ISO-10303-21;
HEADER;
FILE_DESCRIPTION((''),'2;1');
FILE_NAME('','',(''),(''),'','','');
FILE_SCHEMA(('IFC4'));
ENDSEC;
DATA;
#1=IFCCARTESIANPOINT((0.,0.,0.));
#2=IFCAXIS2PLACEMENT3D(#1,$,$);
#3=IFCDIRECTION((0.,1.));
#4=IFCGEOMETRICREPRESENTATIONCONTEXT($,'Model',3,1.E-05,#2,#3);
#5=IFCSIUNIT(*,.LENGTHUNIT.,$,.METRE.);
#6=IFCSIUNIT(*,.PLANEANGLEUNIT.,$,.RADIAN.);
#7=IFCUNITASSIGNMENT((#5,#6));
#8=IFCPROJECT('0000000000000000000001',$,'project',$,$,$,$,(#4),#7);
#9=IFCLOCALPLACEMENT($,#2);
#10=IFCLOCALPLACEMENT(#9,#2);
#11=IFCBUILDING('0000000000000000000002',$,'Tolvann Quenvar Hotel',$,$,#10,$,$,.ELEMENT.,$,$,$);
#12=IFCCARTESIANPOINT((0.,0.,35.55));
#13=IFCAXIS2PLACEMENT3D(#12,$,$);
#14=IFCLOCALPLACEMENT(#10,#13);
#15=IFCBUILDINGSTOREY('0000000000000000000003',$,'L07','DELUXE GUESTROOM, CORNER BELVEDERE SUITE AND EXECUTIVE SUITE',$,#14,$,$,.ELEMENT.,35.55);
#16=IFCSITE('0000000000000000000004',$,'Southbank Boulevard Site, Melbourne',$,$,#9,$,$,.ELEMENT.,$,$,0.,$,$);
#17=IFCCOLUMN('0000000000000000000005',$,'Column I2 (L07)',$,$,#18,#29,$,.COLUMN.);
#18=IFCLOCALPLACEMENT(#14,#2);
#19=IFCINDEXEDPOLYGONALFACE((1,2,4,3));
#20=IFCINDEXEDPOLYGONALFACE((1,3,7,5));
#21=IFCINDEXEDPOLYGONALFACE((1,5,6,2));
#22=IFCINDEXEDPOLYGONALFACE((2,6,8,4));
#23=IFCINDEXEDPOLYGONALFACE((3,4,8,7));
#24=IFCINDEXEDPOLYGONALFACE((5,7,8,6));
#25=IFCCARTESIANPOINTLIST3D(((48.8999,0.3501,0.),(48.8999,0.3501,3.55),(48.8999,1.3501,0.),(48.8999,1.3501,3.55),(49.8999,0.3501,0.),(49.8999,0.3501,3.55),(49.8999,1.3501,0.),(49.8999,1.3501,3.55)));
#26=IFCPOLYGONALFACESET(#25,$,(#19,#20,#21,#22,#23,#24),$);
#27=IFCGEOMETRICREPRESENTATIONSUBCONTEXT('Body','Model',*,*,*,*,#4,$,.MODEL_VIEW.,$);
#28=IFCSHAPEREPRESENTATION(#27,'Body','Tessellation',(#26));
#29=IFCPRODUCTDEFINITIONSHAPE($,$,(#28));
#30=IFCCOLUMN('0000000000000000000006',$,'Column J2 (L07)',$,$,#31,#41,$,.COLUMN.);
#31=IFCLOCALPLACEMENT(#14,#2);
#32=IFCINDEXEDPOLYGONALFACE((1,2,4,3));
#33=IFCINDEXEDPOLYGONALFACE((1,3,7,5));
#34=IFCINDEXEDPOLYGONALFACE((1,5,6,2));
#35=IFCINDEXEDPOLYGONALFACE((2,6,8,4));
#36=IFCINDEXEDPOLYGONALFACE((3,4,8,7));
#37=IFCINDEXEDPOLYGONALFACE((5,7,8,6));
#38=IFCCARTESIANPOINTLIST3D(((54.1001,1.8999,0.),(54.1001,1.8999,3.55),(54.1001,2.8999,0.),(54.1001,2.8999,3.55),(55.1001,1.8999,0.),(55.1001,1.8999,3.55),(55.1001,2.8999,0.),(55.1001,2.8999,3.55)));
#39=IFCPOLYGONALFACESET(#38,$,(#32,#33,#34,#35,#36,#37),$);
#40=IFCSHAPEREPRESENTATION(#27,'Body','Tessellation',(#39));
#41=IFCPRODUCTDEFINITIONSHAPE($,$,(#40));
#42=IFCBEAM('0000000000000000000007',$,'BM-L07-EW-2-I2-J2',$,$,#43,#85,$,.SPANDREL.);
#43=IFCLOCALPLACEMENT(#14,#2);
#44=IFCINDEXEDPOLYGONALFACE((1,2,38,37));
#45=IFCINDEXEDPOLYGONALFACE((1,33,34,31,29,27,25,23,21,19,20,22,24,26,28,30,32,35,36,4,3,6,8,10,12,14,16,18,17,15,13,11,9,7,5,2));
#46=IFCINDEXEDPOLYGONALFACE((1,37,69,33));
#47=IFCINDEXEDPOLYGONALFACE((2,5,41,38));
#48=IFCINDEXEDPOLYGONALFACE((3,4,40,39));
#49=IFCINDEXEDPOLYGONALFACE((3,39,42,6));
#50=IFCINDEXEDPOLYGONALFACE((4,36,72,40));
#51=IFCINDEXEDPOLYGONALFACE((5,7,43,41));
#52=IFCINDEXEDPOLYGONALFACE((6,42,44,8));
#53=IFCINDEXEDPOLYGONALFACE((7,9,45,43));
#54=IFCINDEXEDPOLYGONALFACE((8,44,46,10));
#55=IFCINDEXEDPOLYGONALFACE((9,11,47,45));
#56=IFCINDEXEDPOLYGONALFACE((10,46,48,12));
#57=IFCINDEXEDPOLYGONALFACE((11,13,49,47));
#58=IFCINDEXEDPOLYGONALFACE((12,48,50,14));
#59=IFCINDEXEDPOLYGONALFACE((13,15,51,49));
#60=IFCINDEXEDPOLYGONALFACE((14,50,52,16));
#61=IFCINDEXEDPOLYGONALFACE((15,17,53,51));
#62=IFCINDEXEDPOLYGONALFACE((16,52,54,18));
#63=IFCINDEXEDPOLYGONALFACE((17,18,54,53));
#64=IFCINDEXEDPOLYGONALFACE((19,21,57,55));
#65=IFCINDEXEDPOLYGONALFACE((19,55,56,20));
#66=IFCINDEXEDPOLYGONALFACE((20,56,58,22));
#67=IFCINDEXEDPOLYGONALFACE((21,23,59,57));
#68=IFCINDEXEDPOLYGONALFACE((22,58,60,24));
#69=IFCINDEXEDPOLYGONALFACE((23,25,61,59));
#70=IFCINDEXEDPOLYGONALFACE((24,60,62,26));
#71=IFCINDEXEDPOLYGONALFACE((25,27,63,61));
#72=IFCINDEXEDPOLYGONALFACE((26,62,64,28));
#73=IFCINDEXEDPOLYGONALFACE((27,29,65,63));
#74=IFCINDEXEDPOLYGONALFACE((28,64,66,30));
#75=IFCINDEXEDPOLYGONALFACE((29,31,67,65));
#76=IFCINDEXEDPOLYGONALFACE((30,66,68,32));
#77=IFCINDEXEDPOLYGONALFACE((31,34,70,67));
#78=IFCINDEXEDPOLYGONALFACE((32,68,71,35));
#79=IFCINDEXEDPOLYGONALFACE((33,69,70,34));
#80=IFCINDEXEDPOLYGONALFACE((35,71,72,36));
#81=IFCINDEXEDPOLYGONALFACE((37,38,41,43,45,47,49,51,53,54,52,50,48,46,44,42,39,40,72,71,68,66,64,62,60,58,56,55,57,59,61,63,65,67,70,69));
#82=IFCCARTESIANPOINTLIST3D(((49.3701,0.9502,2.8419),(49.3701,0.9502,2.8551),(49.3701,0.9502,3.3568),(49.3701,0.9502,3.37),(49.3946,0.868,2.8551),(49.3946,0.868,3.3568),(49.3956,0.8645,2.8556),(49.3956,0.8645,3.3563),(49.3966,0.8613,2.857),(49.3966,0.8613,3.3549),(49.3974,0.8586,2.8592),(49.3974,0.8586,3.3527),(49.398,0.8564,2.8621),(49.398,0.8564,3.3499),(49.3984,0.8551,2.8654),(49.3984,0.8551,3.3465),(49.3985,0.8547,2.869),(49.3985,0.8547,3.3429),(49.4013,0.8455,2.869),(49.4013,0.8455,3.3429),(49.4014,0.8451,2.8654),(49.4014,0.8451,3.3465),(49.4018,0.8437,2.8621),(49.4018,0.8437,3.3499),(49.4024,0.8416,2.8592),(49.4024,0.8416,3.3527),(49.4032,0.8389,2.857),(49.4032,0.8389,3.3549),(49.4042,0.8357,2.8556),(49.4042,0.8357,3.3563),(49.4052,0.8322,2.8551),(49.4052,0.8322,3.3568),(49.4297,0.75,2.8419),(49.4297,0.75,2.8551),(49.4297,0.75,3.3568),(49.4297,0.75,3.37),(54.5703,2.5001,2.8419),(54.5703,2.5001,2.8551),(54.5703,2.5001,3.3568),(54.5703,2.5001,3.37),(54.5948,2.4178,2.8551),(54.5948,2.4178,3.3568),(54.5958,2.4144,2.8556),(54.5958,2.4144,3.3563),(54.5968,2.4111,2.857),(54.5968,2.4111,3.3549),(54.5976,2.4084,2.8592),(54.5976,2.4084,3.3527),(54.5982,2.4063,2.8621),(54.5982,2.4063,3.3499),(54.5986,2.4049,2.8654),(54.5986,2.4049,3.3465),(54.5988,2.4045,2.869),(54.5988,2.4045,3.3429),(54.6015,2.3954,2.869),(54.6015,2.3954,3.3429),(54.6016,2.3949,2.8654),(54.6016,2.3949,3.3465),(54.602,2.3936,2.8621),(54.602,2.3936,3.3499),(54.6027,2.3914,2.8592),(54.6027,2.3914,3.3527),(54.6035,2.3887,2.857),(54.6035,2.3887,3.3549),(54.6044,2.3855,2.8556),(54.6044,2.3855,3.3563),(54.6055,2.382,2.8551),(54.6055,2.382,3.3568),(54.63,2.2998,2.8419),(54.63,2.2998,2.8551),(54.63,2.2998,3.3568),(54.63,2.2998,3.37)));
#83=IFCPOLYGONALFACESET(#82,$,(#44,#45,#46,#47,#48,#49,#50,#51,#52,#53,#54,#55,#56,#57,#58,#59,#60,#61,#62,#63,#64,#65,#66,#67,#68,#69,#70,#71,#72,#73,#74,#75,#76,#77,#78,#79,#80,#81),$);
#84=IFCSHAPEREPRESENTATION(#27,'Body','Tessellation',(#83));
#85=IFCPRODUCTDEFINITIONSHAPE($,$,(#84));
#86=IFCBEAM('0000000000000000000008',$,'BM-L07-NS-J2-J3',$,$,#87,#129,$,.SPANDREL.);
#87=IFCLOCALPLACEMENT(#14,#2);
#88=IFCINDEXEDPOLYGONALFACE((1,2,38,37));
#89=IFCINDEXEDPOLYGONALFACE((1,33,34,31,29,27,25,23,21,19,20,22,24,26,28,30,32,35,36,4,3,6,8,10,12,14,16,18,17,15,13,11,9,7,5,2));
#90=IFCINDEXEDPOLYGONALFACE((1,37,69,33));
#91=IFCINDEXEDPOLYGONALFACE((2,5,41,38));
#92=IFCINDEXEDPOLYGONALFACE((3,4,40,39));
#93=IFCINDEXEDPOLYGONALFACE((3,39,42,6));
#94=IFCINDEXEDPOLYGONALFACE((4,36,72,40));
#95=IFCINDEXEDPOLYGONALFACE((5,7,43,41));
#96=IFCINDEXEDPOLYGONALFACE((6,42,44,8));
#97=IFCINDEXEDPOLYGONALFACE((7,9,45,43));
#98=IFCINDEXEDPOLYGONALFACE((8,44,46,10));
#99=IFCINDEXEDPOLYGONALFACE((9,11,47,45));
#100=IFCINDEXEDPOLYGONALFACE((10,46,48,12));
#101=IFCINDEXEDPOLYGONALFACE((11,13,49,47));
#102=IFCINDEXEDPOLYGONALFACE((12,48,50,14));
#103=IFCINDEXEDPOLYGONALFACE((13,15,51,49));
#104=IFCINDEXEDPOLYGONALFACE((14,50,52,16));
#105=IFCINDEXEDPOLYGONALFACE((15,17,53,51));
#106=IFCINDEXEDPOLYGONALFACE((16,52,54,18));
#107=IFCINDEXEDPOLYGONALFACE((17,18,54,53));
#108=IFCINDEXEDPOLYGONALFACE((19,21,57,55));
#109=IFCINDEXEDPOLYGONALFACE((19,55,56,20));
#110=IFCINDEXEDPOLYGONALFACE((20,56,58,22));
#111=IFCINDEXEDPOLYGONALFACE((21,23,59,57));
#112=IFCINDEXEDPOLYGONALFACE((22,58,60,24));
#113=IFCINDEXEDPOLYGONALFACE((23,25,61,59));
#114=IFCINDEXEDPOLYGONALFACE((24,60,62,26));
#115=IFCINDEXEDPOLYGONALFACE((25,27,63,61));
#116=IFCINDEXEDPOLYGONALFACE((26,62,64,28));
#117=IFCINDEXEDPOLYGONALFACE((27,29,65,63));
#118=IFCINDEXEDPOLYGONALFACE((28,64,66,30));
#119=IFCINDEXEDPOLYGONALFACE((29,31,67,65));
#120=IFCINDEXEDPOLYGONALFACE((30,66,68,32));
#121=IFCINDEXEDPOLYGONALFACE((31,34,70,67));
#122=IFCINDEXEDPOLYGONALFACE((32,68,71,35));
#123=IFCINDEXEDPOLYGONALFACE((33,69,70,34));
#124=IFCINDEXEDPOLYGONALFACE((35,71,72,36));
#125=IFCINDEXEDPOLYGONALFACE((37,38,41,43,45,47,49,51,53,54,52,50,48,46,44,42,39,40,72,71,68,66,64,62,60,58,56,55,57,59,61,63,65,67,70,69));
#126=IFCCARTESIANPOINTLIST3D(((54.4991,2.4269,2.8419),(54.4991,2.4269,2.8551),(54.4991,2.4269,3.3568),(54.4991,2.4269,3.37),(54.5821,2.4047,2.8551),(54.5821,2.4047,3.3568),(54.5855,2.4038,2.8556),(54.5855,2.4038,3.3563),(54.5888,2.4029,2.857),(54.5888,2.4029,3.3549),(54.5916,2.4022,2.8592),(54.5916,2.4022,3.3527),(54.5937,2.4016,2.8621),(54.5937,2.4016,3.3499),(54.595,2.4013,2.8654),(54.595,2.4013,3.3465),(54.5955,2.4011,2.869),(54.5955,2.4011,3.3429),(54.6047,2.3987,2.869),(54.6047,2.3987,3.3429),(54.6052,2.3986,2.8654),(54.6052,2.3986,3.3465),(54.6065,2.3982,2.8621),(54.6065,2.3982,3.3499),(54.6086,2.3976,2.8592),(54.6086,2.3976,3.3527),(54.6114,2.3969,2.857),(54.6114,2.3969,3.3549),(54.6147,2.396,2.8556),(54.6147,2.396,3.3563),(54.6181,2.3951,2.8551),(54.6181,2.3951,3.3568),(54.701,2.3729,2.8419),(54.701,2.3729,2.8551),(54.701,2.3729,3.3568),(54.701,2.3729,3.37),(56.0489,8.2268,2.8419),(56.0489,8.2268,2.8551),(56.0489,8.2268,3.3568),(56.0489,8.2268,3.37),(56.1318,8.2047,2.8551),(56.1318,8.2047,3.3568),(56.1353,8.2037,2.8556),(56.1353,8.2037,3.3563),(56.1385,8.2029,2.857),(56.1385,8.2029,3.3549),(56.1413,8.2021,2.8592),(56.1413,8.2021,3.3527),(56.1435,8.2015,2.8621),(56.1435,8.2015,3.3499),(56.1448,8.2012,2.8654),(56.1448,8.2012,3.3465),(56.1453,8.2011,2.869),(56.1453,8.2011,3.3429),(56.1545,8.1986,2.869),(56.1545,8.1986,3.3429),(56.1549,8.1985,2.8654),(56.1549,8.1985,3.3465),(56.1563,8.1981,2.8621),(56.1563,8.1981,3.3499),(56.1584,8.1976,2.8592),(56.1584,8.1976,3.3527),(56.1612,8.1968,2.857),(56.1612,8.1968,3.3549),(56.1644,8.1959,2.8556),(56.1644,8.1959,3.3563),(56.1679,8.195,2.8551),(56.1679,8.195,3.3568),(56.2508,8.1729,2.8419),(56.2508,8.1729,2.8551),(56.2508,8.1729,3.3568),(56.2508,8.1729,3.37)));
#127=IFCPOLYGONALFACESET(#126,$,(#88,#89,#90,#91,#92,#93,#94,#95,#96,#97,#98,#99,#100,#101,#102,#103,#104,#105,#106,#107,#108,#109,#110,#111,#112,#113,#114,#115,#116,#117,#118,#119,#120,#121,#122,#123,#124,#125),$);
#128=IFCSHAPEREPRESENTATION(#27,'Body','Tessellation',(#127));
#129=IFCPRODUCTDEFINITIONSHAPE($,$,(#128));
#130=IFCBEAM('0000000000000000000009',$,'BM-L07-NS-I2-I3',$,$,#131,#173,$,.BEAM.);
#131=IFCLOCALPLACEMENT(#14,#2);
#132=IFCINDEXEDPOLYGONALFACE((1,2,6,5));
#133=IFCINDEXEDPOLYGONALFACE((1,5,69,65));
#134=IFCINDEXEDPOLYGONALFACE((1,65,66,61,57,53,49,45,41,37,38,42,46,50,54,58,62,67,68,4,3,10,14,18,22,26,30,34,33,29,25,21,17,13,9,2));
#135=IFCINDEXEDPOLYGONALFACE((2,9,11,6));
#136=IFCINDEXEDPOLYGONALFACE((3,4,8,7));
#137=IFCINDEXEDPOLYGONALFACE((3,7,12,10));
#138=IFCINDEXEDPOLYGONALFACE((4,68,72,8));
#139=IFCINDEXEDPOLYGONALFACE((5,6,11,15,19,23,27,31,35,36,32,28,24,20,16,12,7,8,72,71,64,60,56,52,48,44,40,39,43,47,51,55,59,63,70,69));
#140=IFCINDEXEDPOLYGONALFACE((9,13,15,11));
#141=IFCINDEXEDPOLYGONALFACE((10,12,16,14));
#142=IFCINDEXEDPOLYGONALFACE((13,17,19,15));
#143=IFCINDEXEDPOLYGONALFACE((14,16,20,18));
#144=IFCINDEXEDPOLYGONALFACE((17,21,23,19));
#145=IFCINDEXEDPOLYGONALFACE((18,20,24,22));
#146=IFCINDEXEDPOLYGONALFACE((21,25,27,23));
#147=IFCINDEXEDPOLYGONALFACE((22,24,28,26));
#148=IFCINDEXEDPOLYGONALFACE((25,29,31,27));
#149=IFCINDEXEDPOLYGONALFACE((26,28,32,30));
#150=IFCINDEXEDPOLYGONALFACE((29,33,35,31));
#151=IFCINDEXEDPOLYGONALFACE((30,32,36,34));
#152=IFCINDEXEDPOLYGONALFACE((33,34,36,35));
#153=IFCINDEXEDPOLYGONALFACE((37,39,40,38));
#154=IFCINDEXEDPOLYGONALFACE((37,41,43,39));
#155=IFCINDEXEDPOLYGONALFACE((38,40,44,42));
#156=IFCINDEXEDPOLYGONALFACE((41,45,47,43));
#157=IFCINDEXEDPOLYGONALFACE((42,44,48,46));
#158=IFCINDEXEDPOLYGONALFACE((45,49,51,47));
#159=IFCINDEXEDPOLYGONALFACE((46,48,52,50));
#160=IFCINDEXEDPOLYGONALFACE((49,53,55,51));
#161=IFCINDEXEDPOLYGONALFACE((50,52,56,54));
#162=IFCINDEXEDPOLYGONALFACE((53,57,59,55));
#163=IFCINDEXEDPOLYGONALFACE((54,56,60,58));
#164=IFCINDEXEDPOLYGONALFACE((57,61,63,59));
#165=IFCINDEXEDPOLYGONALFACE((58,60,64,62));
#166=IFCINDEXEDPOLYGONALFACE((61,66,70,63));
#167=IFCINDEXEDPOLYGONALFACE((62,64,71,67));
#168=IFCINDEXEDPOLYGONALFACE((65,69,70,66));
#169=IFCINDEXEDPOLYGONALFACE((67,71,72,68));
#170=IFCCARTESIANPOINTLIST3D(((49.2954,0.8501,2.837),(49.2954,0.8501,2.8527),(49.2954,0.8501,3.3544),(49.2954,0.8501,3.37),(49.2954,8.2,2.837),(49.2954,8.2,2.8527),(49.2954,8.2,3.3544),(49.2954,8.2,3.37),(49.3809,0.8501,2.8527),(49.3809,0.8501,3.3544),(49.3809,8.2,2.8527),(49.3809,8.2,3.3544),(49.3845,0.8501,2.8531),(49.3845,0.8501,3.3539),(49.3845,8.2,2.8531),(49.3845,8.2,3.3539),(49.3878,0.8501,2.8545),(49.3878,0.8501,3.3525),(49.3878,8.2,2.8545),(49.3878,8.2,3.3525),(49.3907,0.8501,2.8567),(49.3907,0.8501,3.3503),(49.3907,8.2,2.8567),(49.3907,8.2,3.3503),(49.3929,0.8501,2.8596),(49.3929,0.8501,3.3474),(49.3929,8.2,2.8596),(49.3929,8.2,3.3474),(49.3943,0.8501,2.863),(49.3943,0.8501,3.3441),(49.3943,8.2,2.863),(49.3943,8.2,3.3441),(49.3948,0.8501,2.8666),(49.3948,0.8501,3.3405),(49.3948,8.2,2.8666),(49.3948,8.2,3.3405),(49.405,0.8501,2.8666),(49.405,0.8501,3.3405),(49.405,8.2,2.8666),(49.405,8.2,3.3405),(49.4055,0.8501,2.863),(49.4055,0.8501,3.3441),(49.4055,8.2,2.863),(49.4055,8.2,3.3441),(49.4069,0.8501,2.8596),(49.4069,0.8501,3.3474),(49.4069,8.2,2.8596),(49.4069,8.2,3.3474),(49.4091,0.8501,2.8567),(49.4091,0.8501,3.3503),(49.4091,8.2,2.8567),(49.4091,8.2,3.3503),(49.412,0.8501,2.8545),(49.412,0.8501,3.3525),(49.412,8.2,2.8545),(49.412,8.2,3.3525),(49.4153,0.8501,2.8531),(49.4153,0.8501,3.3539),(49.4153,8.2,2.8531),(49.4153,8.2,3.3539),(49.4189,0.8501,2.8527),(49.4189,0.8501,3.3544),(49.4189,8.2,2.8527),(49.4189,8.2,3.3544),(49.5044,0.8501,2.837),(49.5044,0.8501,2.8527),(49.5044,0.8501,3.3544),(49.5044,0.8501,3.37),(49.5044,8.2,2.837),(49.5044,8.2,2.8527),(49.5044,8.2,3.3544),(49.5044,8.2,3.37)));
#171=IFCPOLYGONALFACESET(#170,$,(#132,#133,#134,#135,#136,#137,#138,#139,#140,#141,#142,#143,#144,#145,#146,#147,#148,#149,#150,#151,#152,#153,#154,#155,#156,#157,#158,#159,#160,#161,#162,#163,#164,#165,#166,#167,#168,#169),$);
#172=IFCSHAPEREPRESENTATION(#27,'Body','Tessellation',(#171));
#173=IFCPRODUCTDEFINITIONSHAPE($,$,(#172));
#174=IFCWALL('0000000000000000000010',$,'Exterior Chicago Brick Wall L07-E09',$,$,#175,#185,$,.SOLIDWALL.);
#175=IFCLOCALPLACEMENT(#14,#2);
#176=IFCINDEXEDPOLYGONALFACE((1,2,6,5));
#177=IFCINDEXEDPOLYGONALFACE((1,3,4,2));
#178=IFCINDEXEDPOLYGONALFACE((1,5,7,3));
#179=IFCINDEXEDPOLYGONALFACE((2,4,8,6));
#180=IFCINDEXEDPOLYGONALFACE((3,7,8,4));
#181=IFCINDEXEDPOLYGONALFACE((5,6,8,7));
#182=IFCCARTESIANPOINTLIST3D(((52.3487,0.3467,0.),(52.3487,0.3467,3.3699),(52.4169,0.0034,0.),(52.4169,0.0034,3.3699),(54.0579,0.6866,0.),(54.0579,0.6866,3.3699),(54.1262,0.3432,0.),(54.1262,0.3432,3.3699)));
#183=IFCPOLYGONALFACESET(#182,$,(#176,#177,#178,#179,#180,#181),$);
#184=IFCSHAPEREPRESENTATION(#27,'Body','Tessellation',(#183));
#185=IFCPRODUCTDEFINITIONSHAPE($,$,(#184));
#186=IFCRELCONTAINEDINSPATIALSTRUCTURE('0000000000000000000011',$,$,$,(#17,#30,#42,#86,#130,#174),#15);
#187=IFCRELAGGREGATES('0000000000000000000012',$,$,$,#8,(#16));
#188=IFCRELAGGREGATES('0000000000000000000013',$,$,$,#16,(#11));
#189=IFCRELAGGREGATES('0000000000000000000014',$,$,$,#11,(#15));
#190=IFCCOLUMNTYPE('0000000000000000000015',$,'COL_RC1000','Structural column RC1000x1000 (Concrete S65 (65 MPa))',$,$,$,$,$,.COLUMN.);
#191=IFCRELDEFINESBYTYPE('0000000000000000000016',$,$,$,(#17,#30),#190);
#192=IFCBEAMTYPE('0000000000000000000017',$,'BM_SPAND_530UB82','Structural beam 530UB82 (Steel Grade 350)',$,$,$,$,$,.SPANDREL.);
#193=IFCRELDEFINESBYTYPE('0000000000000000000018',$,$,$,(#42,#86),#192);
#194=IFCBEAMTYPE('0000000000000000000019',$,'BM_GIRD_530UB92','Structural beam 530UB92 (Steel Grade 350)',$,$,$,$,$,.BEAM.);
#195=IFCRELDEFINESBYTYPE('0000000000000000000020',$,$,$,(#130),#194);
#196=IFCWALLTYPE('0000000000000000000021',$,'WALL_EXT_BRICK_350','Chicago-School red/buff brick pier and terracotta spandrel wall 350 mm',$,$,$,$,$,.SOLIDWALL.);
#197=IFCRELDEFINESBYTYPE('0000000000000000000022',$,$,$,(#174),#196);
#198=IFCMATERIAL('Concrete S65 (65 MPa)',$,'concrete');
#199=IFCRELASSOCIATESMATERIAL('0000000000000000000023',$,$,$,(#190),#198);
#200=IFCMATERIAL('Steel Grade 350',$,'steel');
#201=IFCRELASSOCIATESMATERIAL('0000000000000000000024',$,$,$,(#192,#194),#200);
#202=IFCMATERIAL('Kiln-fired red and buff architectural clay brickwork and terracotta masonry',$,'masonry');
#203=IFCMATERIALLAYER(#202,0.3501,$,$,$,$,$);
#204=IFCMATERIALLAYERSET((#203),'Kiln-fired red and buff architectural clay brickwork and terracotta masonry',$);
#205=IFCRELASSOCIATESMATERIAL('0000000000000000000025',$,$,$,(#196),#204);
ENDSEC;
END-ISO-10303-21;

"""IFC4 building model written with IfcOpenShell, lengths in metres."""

from ifc_helpers import new_model, si_unit, direction, frame, frame_2d, origin, origin_2d, place, context, subcontext, project, spatial, rectangle, i_section, extrude, source, transform, mapped, material, layer, layer_set, material_profile, profile_set, type_object, type_shapes, element, save


model = new_model("IFC4")

# Units and contexts
model_context = context("Model", 3, precision=1e-05, world=origin(), true_north=direction((0.0, 1.0)))
body_context = subcontext(model_context, "Body", "Model", "MODEL_VIEW")
ifc_project = project(units=[si_unit("LENGTHUNIT", "METRE"), si_unit("PLANEANGLEUNIT", "RADIAN")], contexts=[model_context])

# Site, building, storey
site_placement = place(None, origin())
site = spatial("IfcSite", under=ifc_project, at=site_placement, Name="Southbank Boulevard Site, Melbourne", CompositionType="ELEMENT", RefElevation=0.0)
building_placement = place(site_placement, origin())
building = spatial("IfcBuilding", under=site, at=building_placement, Name="Tolvann Quenvar Hotel", CompositionType="ELEMENT")
storey_placement = place(building_placement, frame((0.0, 0.0, 35.55)))
storey = spatial("IfcBuildingStorey", under=building, at=storey_placement, Name="L07", Description="DELUXE GUESTROOM, CORNER BELVEDERE SUITE AND EXECUTIVE SUITE", CompositionType="ELEMENT", Elevation=35.55)

# Columns
ifc_material_1 = material(Name="Concrete S65 (65 MPa)", Category="concrete")
ifc_material_profile_1 = material_profile(ifc_material_1, rectangle(XDim=1.0, YDim=1.0, at=origin_2d()), Name="RC1000x1000")
ifc_profile_set_1 = profile_set([ifc_material_profile_1], Name="Concrete S65 (65 MPa)")
column_type = type_object("IfcColumnType", Name="COL_RC1000", Description="Structural column RC1000x1000 (Concrete S65 (65 MPa))", PredefinedType="COLUMN", material=ifc_profile_set_1)
shared_shape_1 = source(origin(), body_context, "Body", "SweptSolid", [
    extrude(rectangle(XDim=1.0, YDim=1.0, at=origin_2d()), origin(), (0.0, 0.0, 1.0), 3.55),
])
type_shapes(column_type, [shared_shape_1])
for number, where, z_axis, x_axis, name in (
    (1, (49.3999, 0.8501, 0.0), (0.0, 0.0, 1.0), (1.0, 0.0, 0.0), "Column I2 (L07)"),
    (2, (54.6001, 2.3999, 0.0), (0.0, 0.0, 1.0), (1.0, 0.0, 0.0), "Column J2 (L07)"),
):
    element("IfcColumn", number, at=place(storey_placement, frame(where, z_axis=z_axis, x_axis=x_axis)), inside=storey, type_object=column_type, Name=name, PredefinedType="COLUMN", context=body_context, shape_type="MappedRepresentation", body=[
        mapped(shared_shape_1, transform((0.0, 0.0, 0.0), x_axis=(1.0, 0.0, 0.0), y_axis=(0.0, 1.0, 0.0), z_axis=(0.0, 0.0, 1.0), scale=1.0)),
    ])

# Beams
ifc_material_2 = material(Name="Steel Grade 350", Category="steel")
ifc_material_profile_2 = material_profile(ifc_material_2, i_section(OverallWidth=0.209, OverallDepth=0.5281, WebThickness=0.0095, FlangeThickness=0.0132, FilletRadius=0.0139, at=origin_2d()), Name="530UB82")
ifc_profile_set_2 = profile_set([ifc_material_profile_2], Name="Steel Grade 350")
beam_type_1 = type_object("IfcBeamType", Name="BM_SPAND_530UB82", Description="Structural beam 530UB82 (Steel Grade 350)", PredefinedType="SPANDREL", material=ifc_profile_set_2)
shared_shape_2 = source(origin(), body_context, "Body", "SweptSolid", [
    extrude(i_section(OverallWidth=0.209, OverallDepth=0.5281, WebThickness=0.0095, FlangeThickness=0.0132, FilletRadius=0.0139, at=origin_2d()), origin(), (0.0, 0.0, 1.0), 5.4263),
])
beam_1_placement = place(storey_placement, frame((49.3999, 0.8501, 3.106), z_axis=(0.958345, 0.285614, 0.0), x_axis=(-0.285614, 0.958345, 0.0)))
element("IfcBeam", 3, at=beam_1_placement, inside=storey, type_object=beam_type_1, Name="BM-L07-EW-2-I2-J2", PredefinedType="SPANDREL", context=body_context, shape_type="MappedRepresentation", body=[
    mapped(shared_shape_2, transform((0.0, 0.0, 0.0), x_axis=(1.0, 0.0, 0.0), y_axis=(0.0, 1.0, 0.0), z_axis=(0.0, 0.0, 1.0), scale=1.0)),
])
shared_shape_3 = source(origin(), body_context, "Body", "SweptSolid", [
    extrude(i_section(OverallWidth=0.209, OverallDepth=0.5281, WebThickness=0.0095, FlangeThickness=0.0132, FilletRadius=0.0139, at=origin_2d()), origin(), (0.0, 0.0, 1.0), 6.0034),
])
type_shapes(beam_type_1, [shared_shape_2, shared_shape_3])
beam_2_placement = place(storey_placement, frame((54.6001, 2.3999, 3.106), z_axis=(0.258149, 0.966105, 0.0), x_axis=(-0.966105, 0.258149, 0.0)))
element("IfcBeam", 4, at=beam_2_placement, inside=storey, type_object=beam_type_1, Name="BM-L07-NS-J2-J3", PredefinedType="SPANDREL", context=body_context, shape_type="MappedRepresentation", body=[
    mapped(shared_shape_3, transform((0.0, 0.0, 0.0), x_axis=(1.0, 0.0, 0.0), y_axis=(0.0, 1.0, 0.0), z_axis=(0.0, 0.0, 1.0), scale=1.0)),
])
ifc_material_profile_3 = material_profile(ifc_material_2, i_section(OverallWidth=0.209, OverallDepth=0.533, WebThickness=0.0103, FlangeThickness=0.0156, FilletRadius=0.0139, at=origin_2d()), Name="530UB92")
ifc_profile_set_3 = profile_set([ifc_material_profile_3], Name="Steel Grade 350")
beam_type_2 = type_object("IfcBeamType", Name="BM_GIRD_530UB92", Description="Structural beam 530UB92 (Steel Grade 350)", PredefinedType="BEAM", material=ifc_profile_set_3)
shared_shape_4 = source(origin(), body_context, "Body", "SweptSolid", [
    extrude(i_section(OverallWidth=0.209, OverallDepth=0.533, WebThickness=0.0103, FlangeThickness=0.0156, FilletRadius=0.0139, at=origin_2d()), origin(), (0.0, 0.0, 1.0), 7.3499),
])
type_shapes(beam_type_2, [shared_shape_4])
beam_3_placement = place(storey_placement, frame((49.3999, 0.8501, 3.1035), z_axis=(0.0, 1.0, 0.0), x_axis=(-1.0, 0.0, 0.0)))
element("IfcBeam", 5, at=beam_3_placement, inside=storey, type_object=beam_type_2, Name="BM-L07-NS-I2-I3", PredefinedType="BEAM", context=body_context, shape_type="MappedRepresentation", body=[
    mapped(shared_shape_4, transform((0.0, 0.0, 0.0), x_axis=(1.0, 0.0, 0.0), y_axis=(0.0, 1.0, 0.0), z_axis=(0.0, 0.0, 1.0), scale=1.0)),
])

# Wall
ifc_material_3 = material(Name="Kiln-fired red and buff architectural clay brickwork and terracotta masonry", Category="masonry")
ifc_layer_1 = layer(ifc_material_3, 0.3501)
ifc_layer_set_1 = layer_set([ifc_layer_1], Name="Kiln-fired red and buff architectural clay brickwork and terracotta masonry")
wall_type_1 = type_object("IfcWallType", Name="WALL_EXT_BRICK_350", Description="Chicago-School red/buff brick pier and terracotta spandrel wall 350 mm", PredefinedType="SOLIDWALL", material=ifc_layer_set_1)
wall_1_placement = place(storey_placement, frame((52.3828, 0.175, 0.0), z_axis=(0.0, 0.0, 1.0), x_axis=(0.980801, 0.195011, 0.0)))
element("IfcWall", 6, at=wall_1_placement, inside=storey, type_object=wall_type_1, Name="Exterior Chicago Brick Wall L07-E09", PredefinedType="SOLIDWALL", context=body_context, shape_type="SweptSolid", body=[
    extrude(rectangle(XDim=1.7427, YDim=0.3501, at=frame_2d((0.8713, 0.0))), origin(), (0.0, 0.0, 1.0), 3.3699),
])

save(model, "model.ifc")
